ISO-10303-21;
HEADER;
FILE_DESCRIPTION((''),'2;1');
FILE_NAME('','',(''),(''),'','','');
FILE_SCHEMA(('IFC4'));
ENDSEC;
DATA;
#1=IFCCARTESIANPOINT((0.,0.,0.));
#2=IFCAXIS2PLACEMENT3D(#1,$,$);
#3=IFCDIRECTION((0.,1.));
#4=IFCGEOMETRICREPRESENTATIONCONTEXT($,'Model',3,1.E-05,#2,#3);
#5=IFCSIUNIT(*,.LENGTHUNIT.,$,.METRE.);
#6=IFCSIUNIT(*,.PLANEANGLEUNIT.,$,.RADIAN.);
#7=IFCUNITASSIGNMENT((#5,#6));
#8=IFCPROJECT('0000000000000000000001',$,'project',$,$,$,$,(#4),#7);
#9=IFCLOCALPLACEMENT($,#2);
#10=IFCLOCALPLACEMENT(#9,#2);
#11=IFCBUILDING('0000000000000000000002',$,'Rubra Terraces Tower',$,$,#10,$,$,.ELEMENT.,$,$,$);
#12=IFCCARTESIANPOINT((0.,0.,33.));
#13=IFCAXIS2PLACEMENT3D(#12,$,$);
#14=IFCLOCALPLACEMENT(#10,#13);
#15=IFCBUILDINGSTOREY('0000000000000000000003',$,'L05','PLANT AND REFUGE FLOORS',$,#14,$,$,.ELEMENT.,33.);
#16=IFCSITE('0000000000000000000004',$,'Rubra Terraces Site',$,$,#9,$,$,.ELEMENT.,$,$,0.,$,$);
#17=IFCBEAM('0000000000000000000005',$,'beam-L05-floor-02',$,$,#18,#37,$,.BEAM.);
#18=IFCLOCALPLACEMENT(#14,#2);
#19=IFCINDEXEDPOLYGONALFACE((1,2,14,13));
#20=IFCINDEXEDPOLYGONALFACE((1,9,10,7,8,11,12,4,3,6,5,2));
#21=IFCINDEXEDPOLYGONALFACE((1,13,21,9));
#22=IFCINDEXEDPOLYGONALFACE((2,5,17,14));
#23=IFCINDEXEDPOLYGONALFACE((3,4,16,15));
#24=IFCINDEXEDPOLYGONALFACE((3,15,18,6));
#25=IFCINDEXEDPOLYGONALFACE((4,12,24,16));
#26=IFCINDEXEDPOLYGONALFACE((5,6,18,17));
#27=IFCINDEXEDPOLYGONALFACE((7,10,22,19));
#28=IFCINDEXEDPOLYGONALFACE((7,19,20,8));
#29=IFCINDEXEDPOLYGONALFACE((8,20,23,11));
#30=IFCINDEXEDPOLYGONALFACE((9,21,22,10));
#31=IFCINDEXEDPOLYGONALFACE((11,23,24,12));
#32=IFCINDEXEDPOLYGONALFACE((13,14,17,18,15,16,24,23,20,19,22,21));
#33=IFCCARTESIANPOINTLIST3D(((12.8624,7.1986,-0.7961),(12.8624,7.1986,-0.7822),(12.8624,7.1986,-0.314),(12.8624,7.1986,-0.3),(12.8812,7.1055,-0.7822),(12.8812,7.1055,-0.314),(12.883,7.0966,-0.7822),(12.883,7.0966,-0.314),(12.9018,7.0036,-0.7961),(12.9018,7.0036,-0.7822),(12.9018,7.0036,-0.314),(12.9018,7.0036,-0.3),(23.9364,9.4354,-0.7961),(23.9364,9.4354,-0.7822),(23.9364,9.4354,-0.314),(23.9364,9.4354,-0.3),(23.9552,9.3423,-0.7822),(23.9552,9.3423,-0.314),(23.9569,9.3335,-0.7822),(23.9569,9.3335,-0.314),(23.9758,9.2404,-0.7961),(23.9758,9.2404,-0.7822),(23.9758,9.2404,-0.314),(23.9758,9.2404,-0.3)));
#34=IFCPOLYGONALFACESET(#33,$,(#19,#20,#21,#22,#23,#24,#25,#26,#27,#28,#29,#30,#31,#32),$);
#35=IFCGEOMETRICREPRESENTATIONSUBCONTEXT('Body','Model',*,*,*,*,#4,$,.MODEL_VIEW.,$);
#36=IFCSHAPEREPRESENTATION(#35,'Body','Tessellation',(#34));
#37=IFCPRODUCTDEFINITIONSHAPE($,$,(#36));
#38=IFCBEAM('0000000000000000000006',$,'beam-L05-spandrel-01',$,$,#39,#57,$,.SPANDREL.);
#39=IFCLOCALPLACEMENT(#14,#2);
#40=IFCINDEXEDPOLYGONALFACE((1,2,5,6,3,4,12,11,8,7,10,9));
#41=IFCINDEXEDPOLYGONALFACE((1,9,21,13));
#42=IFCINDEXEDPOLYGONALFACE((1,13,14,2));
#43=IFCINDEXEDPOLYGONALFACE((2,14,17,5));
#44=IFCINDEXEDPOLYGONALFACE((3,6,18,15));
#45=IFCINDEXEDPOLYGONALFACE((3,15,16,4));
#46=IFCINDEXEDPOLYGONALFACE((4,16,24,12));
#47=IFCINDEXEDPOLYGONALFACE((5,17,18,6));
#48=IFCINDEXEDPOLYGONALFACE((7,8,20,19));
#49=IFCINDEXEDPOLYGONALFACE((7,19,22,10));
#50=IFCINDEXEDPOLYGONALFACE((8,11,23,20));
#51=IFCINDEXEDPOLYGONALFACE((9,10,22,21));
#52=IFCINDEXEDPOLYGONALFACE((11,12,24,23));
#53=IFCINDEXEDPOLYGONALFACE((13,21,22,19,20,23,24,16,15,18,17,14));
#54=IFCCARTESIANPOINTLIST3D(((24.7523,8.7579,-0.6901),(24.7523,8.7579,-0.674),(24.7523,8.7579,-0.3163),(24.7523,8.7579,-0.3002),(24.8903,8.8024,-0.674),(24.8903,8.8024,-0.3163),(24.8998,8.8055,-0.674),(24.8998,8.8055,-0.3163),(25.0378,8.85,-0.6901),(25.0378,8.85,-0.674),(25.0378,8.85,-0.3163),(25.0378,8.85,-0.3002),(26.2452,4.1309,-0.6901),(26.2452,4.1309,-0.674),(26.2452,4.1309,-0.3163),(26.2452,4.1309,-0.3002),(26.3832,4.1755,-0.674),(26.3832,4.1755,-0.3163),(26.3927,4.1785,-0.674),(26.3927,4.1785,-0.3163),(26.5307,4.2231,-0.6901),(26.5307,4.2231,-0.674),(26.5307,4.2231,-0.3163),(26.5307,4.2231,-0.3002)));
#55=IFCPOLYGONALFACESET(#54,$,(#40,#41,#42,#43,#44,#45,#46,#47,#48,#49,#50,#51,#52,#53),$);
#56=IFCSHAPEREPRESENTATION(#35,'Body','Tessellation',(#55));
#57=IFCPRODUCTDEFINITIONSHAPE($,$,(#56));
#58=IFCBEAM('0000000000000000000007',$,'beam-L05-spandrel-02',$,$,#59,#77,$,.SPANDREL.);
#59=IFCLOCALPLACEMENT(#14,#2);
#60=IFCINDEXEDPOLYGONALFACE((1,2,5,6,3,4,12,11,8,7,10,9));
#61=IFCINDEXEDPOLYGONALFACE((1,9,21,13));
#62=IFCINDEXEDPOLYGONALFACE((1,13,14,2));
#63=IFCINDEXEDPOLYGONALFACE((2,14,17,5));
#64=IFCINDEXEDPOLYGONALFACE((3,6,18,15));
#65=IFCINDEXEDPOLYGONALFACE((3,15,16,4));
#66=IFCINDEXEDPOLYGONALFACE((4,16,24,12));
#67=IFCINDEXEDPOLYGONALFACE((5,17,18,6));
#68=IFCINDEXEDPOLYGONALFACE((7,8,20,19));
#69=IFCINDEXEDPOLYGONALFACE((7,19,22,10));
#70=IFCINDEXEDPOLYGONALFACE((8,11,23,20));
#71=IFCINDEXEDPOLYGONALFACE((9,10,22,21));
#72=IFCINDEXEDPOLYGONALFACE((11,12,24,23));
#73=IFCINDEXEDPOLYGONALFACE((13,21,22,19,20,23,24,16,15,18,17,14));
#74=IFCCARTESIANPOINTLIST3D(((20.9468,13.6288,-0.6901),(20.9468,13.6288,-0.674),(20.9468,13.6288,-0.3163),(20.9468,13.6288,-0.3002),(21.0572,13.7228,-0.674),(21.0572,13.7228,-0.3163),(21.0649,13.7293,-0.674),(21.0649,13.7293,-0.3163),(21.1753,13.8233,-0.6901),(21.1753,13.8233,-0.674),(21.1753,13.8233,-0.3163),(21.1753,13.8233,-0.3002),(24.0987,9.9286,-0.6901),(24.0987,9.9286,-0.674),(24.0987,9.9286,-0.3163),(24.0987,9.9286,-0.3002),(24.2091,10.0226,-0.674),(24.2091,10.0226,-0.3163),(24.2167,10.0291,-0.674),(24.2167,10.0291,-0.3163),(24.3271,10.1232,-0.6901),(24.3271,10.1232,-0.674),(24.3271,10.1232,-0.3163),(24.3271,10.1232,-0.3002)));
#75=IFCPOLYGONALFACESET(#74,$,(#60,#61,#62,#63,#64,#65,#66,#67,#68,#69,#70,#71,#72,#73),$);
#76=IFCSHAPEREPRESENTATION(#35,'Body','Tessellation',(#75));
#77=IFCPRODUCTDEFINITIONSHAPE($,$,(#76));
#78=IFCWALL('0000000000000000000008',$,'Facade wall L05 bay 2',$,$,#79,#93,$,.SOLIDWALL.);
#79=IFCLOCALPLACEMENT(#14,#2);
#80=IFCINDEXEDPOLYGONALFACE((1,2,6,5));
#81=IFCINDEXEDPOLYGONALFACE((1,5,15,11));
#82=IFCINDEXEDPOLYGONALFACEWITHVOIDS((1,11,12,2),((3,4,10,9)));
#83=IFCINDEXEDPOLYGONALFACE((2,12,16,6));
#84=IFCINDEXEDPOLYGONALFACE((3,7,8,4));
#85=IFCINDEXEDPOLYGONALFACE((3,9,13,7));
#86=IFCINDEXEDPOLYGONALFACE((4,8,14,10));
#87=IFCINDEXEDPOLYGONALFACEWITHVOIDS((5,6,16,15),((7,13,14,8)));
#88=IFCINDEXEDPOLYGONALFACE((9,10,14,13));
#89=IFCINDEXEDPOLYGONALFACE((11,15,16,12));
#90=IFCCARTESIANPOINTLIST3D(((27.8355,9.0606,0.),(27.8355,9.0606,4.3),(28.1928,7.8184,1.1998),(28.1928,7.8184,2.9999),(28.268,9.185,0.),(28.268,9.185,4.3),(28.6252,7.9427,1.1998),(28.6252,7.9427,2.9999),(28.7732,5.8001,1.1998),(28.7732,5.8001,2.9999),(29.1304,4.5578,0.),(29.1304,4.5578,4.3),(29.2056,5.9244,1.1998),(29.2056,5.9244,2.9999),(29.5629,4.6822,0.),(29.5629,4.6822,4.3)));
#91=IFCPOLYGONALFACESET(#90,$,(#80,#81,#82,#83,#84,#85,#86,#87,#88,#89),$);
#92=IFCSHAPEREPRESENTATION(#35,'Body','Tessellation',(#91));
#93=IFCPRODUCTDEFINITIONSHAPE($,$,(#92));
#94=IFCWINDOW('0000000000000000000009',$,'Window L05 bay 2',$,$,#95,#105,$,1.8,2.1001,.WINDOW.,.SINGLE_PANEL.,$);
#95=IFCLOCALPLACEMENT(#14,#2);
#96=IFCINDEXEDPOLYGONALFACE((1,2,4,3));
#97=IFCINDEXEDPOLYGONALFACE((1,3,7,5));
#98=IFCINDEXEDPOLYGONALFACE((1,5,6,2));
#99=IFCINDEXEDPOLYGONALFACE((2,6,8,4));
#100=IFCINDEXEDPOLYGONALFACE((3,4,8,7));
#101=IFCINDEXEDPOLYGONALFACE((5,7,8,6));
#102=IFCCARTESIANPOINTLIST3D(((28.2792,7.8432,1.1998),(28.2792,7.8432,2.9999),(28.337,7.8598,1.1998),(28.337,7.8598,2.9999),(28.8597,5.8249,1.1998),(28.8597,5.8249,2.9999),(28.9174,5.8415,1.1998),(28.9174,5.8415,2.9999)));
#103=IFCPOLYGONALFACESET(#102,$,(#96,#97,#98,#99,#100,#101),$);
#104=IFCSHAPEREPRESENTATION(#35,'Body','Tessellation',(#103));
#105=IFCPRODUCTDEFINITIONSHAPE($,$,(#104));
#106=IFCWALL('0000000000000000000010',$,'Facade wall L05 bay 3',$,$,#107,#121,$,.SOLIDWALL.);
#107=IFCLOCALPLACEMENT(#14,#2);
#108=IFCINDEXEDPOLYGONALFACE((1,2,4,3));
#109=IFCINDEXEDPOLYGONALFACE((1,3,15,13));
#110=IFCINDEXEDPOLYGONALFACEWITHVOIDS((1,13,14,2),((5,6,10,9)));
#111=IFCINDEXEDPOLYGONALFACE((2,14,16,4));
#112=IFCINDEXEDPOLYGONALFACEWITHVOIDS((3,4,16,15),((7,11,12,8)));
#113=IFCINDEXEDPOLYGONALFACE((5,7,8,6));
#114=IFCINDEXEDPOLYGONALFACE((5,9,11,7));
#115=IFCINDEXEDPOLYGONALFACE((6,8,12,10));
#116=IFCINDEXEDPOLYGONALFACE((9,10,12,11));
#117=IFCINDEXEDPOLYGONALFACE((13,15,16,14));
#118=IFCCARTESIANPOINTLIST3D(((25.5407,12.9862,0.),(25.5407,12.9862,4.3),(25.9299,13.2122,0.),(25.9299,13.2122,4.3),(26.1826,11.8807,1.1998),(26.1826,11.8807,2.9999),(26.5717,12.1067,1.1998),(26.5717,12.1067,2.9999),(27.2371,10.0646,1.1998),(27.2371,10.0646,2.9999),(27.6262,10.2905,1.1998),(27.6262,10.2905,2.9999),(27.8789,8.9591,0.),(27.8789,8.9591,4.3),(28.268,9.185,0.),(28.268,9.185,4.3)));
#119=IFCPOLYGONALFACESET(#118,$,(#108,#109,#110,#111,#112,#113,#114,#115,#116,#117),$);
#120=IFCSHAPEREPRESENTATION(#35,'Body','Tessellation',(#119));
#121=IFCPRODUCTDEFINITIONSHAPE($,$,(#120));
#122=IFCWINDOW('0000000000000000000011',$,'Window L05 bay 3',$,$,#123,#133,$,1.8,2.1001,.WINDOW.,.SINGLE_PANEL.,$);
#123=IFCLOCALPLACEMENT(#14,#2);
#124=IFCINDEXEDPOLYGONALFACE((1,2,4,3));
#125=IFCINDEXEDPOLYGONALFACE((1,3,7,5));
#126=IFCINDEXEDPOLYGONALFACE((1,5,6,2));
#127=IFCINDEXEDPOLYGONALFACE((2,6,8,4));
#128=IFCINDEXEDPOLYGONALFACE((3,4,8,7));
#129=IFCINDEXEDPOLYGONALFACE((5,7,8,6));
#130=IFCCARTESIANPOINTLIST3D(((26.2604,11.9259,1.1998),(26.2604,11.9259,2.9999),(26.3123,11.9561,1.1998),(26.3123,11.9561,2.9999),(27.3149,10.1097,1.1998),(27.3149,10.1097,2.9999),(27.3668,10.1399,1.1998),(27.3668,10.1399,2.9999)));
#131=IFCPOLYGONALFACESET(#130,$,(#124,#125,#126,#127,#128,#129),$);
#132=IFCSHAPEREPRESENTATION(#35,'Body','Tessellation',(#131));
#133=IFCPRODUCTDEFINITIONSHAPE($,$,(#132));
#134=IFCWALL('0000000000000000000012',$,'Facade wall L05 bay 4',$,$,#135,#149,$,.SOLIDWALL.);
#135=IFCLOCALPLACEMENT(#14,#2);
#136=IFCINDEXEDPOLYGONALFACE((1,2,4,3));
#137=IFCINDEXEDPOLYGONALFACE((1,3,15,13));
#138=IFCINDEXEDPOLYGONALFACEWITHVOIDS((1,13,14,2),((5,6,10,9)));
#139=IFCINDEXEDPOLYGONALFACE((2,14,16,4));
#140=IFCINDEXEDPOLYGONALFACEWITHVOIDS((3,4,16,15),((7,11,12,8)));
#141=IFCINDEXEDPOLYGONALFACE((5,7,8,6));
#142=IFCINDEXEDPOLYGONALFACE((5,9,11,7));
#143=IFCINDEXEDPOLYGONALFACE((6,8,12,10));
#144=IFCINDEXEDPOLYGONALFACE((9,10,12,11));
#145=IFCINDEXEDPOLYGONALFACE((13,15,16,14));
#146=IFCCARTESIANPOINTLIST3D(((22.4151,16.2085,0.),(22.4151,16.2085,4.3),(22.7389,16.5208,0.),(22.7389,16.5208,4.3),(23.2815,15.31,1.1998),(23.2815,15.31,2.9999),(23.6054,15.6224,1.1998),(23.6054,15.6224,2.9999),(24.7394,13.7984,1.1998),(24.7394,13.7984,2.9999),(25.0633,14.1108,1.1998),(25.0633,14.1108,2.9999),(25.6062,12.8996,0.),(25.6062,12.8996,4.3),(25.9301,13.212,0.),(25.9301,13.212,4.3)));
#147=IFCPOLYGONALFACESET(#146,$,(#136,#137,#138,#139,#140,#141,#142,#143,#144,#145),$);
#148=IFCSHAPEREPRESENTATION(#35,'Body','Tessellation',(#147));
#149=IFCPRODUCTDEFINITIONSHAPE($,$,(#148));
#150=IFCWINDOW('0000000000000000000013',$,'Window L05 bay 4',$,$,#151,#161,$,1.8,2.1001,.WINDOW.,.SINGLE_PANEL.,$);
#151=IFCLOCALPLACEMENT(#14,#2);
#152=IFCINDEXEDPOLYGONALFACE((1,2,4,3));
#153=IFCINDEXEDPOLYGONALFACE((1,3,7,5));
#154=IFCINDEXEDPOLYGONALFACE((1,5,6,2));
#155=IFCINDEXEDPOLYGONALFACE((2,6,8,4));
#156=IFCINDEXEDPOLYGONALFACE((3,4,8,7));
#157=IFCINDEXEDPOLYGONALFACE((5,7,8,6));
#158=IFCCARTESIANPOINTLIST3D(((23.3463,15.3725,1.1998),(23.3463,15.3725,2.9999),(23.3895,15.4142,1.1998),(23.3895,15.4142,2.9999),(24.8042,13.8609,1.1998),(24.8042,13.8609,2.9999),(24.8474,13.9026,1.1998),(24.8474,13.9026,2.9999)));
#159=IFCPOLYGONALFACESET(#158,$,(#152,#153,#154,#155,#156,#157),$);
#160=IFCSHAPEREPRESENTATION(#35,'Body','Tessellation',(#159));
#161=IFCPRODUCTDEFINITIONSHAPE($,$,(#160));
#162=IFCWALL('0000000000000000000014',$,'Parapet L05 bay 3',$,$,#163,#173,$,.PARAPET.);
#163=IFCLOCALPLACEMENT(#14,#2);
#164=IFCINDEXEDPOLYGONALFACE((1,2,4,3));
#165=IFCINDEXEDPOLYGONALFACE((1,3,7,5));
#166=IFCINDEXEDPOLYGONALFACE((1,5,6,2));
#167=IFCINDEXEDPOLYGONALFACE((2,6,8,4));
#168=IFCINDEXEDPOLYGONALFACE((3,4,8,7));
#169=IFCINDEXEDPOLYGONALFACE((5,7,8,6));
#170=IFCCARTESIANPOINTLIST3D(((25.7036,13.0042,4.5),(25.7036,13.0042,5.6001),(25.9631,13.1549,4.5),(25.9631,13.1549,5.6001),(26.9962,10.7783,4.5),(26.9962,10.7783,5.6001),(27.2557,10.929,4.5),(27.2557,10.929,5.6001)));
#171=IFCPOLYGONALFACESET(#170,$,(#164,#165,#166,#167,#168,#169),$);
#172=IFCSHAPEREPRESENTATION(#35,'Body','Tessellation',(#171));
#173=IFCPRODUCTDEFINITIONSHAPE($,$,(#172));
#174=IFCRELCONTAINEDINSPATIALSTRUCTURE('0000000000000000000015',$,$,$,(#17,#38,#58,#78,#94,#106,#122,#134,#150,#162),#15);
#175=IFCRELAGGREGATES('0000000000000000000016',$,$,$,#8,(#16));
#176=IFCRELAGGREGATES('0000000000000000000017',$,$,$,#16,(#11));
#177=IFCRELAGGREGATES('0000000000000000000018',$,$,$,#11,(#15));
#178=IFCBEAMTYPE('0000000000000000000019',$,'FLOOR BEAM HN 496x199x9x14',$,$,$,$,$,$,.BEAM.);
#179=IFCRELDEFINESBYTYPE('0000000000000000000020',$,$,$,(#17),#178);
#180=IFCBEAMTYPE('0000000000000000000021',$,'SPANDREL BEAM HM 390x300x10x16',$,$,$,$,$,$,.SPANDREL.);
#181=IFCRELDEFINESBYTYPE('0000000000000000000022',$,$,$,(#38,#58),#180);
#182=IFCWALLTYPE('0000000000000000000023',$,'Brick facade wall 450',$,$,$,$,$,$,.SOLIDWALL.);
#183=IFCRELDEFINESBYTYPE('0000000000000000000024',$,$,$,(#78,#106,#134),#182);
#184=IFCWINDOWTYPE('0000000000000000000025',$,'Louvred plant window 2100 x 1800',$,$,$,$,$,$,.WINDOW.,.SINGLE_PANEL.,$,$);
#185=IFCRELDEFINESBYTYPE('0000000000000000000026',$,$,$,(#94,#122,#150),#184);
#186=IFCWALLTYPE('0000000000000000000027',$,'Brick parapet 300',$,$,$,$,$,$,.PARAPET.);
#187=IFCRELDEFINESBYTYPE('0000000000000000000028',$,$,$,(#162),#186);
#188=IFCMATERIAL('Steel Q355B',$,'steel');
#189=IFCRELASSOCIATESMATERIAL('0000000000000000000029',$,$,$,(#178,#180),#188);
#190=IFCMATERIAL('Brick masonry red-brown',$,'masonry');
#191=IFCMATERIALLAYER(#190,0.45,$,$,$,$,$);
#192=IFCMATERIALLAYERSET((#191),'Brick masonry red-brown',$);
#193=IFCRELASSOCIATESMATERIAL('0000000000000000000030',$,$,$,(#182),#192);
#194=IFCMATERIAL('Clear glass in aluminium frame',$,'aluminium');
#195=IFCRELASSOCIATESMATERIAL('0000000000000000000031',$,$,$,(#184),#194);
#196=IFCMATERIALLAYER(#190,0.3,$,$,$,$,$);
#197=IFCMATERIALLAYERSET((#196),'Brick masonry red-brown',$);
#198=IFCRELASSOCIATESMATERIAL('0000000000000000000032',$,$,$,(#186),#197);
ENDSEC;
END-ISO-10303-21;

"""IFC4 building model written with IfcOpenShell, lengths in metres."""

from ifc_helpers import new_model, si_unit, direction, frame, frame_2d, origin, origin_2d, place, context, subcontext, project, spatial, rectangle, i_section, extrude, material, layer, layer_set, material_profile, profile_set, type_object, element, fill, save


model = new_model("IFC4")

# Units and contexts
model_context = context("Model", 3, precision=1e-05, world=origin(), true_north=direction((0.0, 1.0)))
body_context = subcontext(model_context, "Body", "Model", "MODEL_VIEW")
ifc_project = project(units=[si_unit("LENGTHUNIT", "METRE"), si_unit("PLANEANGLEUNIT", "RADIAN")], contexts=[model_context])

# Site, building, storey
site_placement = place(None, origin())
site = spatial("IfcSite", under=ifc_project, at=site_placement, Name="Rubra Terraces Site", CompositionType="ELEMENT", RefElevation=0.0)
building_placement = place(site_placement, origin())
building = spatial("IfcBuilding", under=site, at=building_placement, Name="Rubra Terraces Tower", CompositionType="ELEMENT")
storey_placement = place(building_placement, frame((0.0, 0.0, 33.0)))
storey = spatial("IfcBuildingStorey", under=building, at=storey_placement, Name="L05", Description="PLANT AND REFUGE FLOORS", CompositionType="ELEMENT", Elevation=33.0)

# Shared definitions
ifc_material_1 = material(Name="Steel Q355B", Category="steel")

# Beams
ifc_material_profile_1 = material_profile(ifc_material_1, i_section(OverallWidth=0.199, OverallDepth=0.4961, WebThickness=0.009, FlangeThickness=0.0139, at=origin_2d()), Name="HN 496x199x9x14")
ifc_profile_set_1 = profile_set([ifc_material_profile_1], Name="Steel Q355B")
beam_type_1 = type_object("IfcBeamType", Name="FLOOR BEAM HN 496x199x9x14", PredefinedType="BEAM", material=ifc_profile_set_1)
beam_1_placement = place(storey_placement, frame((23.9561, 9.3379, -0.5481), z_axis=(-0.980204, -0.19799, 0.0), x_axis=(0.19799, -0.980204, 0.0)))
element("IfcBeam", 1, at=beam_1_placement, inside=storey, type_object=beam_type_1, Name="beam-L05-floor-02", PredefinedType="BEAM", context=body_context, shape_type="SweptSolid", body=[
    extrude(i_section(OverallWidth=0.199, OverallDepth=0.4961, WebThickness=0.009, FlangeThickness=0.0139, at=origin_2d()), origin(), (0.0, 0.0, 1.0), 11.2976),
])
ifc_material_profile_2 = material_profile(ifc_material_1, i_section(OverallWidth=0.3, OverallDepth=0.3899, WebThickness=0.01, FlangeThickness=0.0161, at=origin_2d()), Name="HM 390x300x10x16")
ifc_profile_set_2 = profile_set([ifc_material_profile_2], Name="Steel Q355B")
beam_type_2 = type_object("IfcBeamType", Name="SPANDREL BEAM HM 390x300x10x16", PredefinedType="SPANDREL", material=ifc_profile_set_2)
beam_2_placement = place(storey_placement, frame((26.3879, 4.177, -0.4951), z_axis=(-0.307069, 0.951687, 0.0), x_axis=(-0.951687, -0.307069, 0.0)))
element("IfcBeam", 2, at=beam_2_placement, inside=storey, type_object=beam_type_2, Name="beam-L05-spandrel-01", PredefinedType="SPANDREL", context=body_context, shape_type="SweptSolid", body=[
    extrude(i_section(OverallWidth=0.3, OverallDepth=0.3899, WebThickness=0.01, FlangeThickness=0.0161, at=origin_2d()), origin(), (0.0, 0.0, 1.0), 4.8618),
])
beam_3_placement = place(storey_placement, frame((24.2129, 10.0259, -0.4951), z_axis=(-0.648447, 0.76126, 0.0), x_axis=(-0.76126, -0.648447, 0.0)))
element("IfcBeam", 3, at=beam_3_placement, inside=storey, type_object=beam_type_2, Name="beam-L05-spandrel-02", PredefinedType="SPANDREL", context=body_context, shape_type="SweptSolid", body=[
    extrude(i_section(OverallWidth=0.3, OverallDepth=0.3899, WebThickness=0.01, FlangeThickness=0.0161, at=origin_2d()), origin(), (0.0, 0.0, 1.0), 4.8606),
])

# Walls, openings, windows
ifc_material_2 = material(Name="Brick masonry red-brown", Category="masonry")
ifc_layer_1 = layer(ifc_material_2, 0.45)
ifc_layer_set_1 = layer_set([ifc_layer_1], Name="Brick masonry red-brown")
wall_type_1 = type_object("IfcWallType", Name="Brick facade wall 450", PredefinedType="SOLIDWALL", material=ifc_layer_set_1)
wall_1_placement = place(storey_placement, frame((29.3467, 4.6199, 0.0), z_axis=(0.0, 0.0, 1.0), x_axis=(-0.276372, 0.961051, 0.0)))
wall_1 = element("IfcWall", 4, at=wall_1_placement, inside=storey, type_object=wall_type_1, Name="Facade wall L05 bay 2", PredefinedType="SOLIDWALL", context=body_context, shape_type="SweptSolid", body=[
    extrude(rectangle(XDim=4.6853, YDim=0.45, at=frame_2d((2.3428, 0.0))), origin(), (0.0, 0.0, 1.0), 4.3),
])
opening_1_placement = place(wall_1_placement, frame((1.2927, 0.0, 1.2)))
opening_1 = element("IfcOpeningElement", 5, at=opening_1_placement, cuts=wall_1, PredefinedType="OPENING", context=body_context, shape_type="SweptSolid", body=[
    extrude(rectangle(XDim=2.1001, YDim=1.8, at=frame_2d((1.05, 0.8999))), frame((0.0, 0.2349, 0.0), z_axis=(0.0, -1.0, 0.0), x_axis=(1.0, 0.0, 0.0)), (0.0, 0.0, 1.0), 0.47),
])
ifc_material_3 = material(Name="Clear glass in aluminium frame", Category="aluminium")
window_type = type_object("IfcWindowType", Name="Louvred plant window 2100 x 1800", PartitioningType="SINGLE_PANEL", PredefinedType="WINDOW", material=ifc_material_3)
window_1_placement = place(opening_1_placement, origin())
window_1 = element("IfcWindow", 6, at=window_1_placement, inside=storey, type_object=window_type, Name="Window L05 bay 2", OverallHeight=1.8, OverallWidth=2.1001, PartitioningType="SINGLE_PANEL", PredefinedType="WINDOW", context=body_context, shape_type="SweptSolid", body=[
    extrude(rectangle(XDim=2.1001, YDim=1.8, at=frame_2d((1.05, 0.8999))), frame((0.0, 0.135, 0.0), z_axis=(0.0, -1.0, 0.0), x_axis=(1.0, 0.0, 0.0)), (0.0, 0.0, 1.0), 0.0601),
])
fill(opening_1, window_1)
wall_2_placement = place(storey_placement, frame((28.0735, 9.072, 0.0), z_axis=(0.0, 0.0, 1.0), x_axis=(-0.502106, 0.864806, 0.0)))
wall_2 = element("IfcWall", 7, at=wall_2_placement, inside=storey, type_object=wall_type_1, Name="Facade wall L05 bay 3", PredefinedType="SOLIDWALL", context=body_context, shape_type="SweptSolid", body=[
    extrude(rectangle(XDim=4.6567, YDim=0.45, at=frame_2d((2.3284, 0.0))), origin(), (0.0, 0.0, 1.0), 4.3),
])
opening_2_placement = place(wall_2_placement, frame((1.2783, 0.0, 1.2)))
opening_2 = element("IfcOpeningElement", 8, at=opening_2_placement, cuts=wall_2, PredefinedType="OPENING", context=body_context, shape_type="SweptSolid", body=[
    extrude(rectangle(XDim=2.1001, YDim=1.8, at=frame_2d((1.05, 0.8999))), frame((0.0, 0.2349, 0.0), z_axis=(0.0, -1.0, 0.0), x_axis=(1.0, 0.0, 0.0)), (0.0, 0.0, 1.0), 0.47),
])
window_2_placement = place(opening_2_placement, origin())
window_2 = element("IfcWindow", 9, at=window_2_placement, inside=storey, type_object=window_type, Name="Window L05 bay 3", OverallHeight=1.8, OverallWidth=2.1001, PartitioningType="SINGLE_PANEL", PredefinedType="WINDOW", context=body_context, shape_type="SweptSolid", body=[
    extrude(rectangle(XDim=2.1001, YDim=1.8, at=frame_2d((1.05, 0.8999))), frame((0.0, 0.135, 0.0), z_axis=(0.0, -1.0, 0.0), x_axis=(1.0, 0.0, 0.0)), (0.0, 0.0, 1.0), 0.0601),
])
fill(opening_2, window_2)
wall_3_placement = place(storey_placement, frame((25.7681, 13.0559, 0.0), z_axis=(0.0, 0.0, 1.0), x_axis=(-0.694192, 0.71979, 0.0)))
wall_3 = element("IfcWall", 10, at=wall_3_placement, inside=storey, type_object=wall_type_1, Name="Facade wall L05 bay 4", PredefinedType="SOLIDWALL", context=body_context, shape_type="SweptSolid", body=[
    extrude(rectangle(XDim=4.5969, YDim=0.45, at=frame_2d((2.2983, 0.0))), origin(), (0.0, 0.0, 1.0), 4.3),
])
opening_3_placement = place(wall_3_placement, frame((1.2485, 0.0, 1.2)))
opening_3 = element("IfcOpeningElement", 11, at=opening_3_placement, cuts=wall_3, PredefinedType="OPENING", context=body_context, shape_type="SweptSolid", body=[
    extrude(rectangle(XDim=2.1001, YDim=1.8, at=frame_2d((1.05, 0.8999))), frame((0.0, 0.2349, 0.0), z_axis=(0.0, -1.0, 0.0), x_axis=(1.0, 0.0, 0.0)), (0.0, 0.0, 1.0), 0.47),
])
window_3_placement = place(opening_3_placement, origin())
window_3 = element("IfcWindow", 12, at=window_3_placement, inside=storey, type_object=window_type, Name="Window L05 bay 4", OverallHeight=1.8, OverallWidth=2.1001, PartitioningType="SINGLE_PANEL", PredefinedType="WINDOW", context=body_context, shape_type="SweptSolid", body=[
    extrude(rectangle(XDim=2.1001, YDim=1.8, at=frame_2d((1.05, 0.8999))), frame((0.0, 0.135, 0.0), z_axis=(0.0, -1.0, 0.0), x_axis=(1.0, 0.0, 0.0)), (0.0, 0.0, 1.0), 0.0601),
])
fill(opening_3, window_3)

# Wall
ifc_layer_2 = layer(ifc_material_2, 0.3)
ifc_layer_set_2 = layer_set([ifc_layer_2], Name="Brick masonry red-brown")
wall_type_2 = type_object("IfcWallType", Name="Brick parapet 300", PredefinedType="PARAPET", material=ifc_layer_set_2)
wall_4_placement = place(storey_placement, frame((27.126, 10.8535, 4.5), z_axis=(0.0, 0.0, 1.0), x_axis=(-0.502154, 0.864778, 0.0)))
element("IfcWall", 13, at=wall_4_placement, inside=storey, type_object=wall_type_2, Name="Parapet L05 bay 3", PredefinedType="PARAPET", context=body_context, shape_type="SweptSolid", body=[
    extrude(rectangle(XDim=2.574, YDim=0.3, at=frame_2d((1.2871, 0.0))), origin(), (0.0, 0.0, 1.0), 1.1001),
])

save(model, "model.ifc")
